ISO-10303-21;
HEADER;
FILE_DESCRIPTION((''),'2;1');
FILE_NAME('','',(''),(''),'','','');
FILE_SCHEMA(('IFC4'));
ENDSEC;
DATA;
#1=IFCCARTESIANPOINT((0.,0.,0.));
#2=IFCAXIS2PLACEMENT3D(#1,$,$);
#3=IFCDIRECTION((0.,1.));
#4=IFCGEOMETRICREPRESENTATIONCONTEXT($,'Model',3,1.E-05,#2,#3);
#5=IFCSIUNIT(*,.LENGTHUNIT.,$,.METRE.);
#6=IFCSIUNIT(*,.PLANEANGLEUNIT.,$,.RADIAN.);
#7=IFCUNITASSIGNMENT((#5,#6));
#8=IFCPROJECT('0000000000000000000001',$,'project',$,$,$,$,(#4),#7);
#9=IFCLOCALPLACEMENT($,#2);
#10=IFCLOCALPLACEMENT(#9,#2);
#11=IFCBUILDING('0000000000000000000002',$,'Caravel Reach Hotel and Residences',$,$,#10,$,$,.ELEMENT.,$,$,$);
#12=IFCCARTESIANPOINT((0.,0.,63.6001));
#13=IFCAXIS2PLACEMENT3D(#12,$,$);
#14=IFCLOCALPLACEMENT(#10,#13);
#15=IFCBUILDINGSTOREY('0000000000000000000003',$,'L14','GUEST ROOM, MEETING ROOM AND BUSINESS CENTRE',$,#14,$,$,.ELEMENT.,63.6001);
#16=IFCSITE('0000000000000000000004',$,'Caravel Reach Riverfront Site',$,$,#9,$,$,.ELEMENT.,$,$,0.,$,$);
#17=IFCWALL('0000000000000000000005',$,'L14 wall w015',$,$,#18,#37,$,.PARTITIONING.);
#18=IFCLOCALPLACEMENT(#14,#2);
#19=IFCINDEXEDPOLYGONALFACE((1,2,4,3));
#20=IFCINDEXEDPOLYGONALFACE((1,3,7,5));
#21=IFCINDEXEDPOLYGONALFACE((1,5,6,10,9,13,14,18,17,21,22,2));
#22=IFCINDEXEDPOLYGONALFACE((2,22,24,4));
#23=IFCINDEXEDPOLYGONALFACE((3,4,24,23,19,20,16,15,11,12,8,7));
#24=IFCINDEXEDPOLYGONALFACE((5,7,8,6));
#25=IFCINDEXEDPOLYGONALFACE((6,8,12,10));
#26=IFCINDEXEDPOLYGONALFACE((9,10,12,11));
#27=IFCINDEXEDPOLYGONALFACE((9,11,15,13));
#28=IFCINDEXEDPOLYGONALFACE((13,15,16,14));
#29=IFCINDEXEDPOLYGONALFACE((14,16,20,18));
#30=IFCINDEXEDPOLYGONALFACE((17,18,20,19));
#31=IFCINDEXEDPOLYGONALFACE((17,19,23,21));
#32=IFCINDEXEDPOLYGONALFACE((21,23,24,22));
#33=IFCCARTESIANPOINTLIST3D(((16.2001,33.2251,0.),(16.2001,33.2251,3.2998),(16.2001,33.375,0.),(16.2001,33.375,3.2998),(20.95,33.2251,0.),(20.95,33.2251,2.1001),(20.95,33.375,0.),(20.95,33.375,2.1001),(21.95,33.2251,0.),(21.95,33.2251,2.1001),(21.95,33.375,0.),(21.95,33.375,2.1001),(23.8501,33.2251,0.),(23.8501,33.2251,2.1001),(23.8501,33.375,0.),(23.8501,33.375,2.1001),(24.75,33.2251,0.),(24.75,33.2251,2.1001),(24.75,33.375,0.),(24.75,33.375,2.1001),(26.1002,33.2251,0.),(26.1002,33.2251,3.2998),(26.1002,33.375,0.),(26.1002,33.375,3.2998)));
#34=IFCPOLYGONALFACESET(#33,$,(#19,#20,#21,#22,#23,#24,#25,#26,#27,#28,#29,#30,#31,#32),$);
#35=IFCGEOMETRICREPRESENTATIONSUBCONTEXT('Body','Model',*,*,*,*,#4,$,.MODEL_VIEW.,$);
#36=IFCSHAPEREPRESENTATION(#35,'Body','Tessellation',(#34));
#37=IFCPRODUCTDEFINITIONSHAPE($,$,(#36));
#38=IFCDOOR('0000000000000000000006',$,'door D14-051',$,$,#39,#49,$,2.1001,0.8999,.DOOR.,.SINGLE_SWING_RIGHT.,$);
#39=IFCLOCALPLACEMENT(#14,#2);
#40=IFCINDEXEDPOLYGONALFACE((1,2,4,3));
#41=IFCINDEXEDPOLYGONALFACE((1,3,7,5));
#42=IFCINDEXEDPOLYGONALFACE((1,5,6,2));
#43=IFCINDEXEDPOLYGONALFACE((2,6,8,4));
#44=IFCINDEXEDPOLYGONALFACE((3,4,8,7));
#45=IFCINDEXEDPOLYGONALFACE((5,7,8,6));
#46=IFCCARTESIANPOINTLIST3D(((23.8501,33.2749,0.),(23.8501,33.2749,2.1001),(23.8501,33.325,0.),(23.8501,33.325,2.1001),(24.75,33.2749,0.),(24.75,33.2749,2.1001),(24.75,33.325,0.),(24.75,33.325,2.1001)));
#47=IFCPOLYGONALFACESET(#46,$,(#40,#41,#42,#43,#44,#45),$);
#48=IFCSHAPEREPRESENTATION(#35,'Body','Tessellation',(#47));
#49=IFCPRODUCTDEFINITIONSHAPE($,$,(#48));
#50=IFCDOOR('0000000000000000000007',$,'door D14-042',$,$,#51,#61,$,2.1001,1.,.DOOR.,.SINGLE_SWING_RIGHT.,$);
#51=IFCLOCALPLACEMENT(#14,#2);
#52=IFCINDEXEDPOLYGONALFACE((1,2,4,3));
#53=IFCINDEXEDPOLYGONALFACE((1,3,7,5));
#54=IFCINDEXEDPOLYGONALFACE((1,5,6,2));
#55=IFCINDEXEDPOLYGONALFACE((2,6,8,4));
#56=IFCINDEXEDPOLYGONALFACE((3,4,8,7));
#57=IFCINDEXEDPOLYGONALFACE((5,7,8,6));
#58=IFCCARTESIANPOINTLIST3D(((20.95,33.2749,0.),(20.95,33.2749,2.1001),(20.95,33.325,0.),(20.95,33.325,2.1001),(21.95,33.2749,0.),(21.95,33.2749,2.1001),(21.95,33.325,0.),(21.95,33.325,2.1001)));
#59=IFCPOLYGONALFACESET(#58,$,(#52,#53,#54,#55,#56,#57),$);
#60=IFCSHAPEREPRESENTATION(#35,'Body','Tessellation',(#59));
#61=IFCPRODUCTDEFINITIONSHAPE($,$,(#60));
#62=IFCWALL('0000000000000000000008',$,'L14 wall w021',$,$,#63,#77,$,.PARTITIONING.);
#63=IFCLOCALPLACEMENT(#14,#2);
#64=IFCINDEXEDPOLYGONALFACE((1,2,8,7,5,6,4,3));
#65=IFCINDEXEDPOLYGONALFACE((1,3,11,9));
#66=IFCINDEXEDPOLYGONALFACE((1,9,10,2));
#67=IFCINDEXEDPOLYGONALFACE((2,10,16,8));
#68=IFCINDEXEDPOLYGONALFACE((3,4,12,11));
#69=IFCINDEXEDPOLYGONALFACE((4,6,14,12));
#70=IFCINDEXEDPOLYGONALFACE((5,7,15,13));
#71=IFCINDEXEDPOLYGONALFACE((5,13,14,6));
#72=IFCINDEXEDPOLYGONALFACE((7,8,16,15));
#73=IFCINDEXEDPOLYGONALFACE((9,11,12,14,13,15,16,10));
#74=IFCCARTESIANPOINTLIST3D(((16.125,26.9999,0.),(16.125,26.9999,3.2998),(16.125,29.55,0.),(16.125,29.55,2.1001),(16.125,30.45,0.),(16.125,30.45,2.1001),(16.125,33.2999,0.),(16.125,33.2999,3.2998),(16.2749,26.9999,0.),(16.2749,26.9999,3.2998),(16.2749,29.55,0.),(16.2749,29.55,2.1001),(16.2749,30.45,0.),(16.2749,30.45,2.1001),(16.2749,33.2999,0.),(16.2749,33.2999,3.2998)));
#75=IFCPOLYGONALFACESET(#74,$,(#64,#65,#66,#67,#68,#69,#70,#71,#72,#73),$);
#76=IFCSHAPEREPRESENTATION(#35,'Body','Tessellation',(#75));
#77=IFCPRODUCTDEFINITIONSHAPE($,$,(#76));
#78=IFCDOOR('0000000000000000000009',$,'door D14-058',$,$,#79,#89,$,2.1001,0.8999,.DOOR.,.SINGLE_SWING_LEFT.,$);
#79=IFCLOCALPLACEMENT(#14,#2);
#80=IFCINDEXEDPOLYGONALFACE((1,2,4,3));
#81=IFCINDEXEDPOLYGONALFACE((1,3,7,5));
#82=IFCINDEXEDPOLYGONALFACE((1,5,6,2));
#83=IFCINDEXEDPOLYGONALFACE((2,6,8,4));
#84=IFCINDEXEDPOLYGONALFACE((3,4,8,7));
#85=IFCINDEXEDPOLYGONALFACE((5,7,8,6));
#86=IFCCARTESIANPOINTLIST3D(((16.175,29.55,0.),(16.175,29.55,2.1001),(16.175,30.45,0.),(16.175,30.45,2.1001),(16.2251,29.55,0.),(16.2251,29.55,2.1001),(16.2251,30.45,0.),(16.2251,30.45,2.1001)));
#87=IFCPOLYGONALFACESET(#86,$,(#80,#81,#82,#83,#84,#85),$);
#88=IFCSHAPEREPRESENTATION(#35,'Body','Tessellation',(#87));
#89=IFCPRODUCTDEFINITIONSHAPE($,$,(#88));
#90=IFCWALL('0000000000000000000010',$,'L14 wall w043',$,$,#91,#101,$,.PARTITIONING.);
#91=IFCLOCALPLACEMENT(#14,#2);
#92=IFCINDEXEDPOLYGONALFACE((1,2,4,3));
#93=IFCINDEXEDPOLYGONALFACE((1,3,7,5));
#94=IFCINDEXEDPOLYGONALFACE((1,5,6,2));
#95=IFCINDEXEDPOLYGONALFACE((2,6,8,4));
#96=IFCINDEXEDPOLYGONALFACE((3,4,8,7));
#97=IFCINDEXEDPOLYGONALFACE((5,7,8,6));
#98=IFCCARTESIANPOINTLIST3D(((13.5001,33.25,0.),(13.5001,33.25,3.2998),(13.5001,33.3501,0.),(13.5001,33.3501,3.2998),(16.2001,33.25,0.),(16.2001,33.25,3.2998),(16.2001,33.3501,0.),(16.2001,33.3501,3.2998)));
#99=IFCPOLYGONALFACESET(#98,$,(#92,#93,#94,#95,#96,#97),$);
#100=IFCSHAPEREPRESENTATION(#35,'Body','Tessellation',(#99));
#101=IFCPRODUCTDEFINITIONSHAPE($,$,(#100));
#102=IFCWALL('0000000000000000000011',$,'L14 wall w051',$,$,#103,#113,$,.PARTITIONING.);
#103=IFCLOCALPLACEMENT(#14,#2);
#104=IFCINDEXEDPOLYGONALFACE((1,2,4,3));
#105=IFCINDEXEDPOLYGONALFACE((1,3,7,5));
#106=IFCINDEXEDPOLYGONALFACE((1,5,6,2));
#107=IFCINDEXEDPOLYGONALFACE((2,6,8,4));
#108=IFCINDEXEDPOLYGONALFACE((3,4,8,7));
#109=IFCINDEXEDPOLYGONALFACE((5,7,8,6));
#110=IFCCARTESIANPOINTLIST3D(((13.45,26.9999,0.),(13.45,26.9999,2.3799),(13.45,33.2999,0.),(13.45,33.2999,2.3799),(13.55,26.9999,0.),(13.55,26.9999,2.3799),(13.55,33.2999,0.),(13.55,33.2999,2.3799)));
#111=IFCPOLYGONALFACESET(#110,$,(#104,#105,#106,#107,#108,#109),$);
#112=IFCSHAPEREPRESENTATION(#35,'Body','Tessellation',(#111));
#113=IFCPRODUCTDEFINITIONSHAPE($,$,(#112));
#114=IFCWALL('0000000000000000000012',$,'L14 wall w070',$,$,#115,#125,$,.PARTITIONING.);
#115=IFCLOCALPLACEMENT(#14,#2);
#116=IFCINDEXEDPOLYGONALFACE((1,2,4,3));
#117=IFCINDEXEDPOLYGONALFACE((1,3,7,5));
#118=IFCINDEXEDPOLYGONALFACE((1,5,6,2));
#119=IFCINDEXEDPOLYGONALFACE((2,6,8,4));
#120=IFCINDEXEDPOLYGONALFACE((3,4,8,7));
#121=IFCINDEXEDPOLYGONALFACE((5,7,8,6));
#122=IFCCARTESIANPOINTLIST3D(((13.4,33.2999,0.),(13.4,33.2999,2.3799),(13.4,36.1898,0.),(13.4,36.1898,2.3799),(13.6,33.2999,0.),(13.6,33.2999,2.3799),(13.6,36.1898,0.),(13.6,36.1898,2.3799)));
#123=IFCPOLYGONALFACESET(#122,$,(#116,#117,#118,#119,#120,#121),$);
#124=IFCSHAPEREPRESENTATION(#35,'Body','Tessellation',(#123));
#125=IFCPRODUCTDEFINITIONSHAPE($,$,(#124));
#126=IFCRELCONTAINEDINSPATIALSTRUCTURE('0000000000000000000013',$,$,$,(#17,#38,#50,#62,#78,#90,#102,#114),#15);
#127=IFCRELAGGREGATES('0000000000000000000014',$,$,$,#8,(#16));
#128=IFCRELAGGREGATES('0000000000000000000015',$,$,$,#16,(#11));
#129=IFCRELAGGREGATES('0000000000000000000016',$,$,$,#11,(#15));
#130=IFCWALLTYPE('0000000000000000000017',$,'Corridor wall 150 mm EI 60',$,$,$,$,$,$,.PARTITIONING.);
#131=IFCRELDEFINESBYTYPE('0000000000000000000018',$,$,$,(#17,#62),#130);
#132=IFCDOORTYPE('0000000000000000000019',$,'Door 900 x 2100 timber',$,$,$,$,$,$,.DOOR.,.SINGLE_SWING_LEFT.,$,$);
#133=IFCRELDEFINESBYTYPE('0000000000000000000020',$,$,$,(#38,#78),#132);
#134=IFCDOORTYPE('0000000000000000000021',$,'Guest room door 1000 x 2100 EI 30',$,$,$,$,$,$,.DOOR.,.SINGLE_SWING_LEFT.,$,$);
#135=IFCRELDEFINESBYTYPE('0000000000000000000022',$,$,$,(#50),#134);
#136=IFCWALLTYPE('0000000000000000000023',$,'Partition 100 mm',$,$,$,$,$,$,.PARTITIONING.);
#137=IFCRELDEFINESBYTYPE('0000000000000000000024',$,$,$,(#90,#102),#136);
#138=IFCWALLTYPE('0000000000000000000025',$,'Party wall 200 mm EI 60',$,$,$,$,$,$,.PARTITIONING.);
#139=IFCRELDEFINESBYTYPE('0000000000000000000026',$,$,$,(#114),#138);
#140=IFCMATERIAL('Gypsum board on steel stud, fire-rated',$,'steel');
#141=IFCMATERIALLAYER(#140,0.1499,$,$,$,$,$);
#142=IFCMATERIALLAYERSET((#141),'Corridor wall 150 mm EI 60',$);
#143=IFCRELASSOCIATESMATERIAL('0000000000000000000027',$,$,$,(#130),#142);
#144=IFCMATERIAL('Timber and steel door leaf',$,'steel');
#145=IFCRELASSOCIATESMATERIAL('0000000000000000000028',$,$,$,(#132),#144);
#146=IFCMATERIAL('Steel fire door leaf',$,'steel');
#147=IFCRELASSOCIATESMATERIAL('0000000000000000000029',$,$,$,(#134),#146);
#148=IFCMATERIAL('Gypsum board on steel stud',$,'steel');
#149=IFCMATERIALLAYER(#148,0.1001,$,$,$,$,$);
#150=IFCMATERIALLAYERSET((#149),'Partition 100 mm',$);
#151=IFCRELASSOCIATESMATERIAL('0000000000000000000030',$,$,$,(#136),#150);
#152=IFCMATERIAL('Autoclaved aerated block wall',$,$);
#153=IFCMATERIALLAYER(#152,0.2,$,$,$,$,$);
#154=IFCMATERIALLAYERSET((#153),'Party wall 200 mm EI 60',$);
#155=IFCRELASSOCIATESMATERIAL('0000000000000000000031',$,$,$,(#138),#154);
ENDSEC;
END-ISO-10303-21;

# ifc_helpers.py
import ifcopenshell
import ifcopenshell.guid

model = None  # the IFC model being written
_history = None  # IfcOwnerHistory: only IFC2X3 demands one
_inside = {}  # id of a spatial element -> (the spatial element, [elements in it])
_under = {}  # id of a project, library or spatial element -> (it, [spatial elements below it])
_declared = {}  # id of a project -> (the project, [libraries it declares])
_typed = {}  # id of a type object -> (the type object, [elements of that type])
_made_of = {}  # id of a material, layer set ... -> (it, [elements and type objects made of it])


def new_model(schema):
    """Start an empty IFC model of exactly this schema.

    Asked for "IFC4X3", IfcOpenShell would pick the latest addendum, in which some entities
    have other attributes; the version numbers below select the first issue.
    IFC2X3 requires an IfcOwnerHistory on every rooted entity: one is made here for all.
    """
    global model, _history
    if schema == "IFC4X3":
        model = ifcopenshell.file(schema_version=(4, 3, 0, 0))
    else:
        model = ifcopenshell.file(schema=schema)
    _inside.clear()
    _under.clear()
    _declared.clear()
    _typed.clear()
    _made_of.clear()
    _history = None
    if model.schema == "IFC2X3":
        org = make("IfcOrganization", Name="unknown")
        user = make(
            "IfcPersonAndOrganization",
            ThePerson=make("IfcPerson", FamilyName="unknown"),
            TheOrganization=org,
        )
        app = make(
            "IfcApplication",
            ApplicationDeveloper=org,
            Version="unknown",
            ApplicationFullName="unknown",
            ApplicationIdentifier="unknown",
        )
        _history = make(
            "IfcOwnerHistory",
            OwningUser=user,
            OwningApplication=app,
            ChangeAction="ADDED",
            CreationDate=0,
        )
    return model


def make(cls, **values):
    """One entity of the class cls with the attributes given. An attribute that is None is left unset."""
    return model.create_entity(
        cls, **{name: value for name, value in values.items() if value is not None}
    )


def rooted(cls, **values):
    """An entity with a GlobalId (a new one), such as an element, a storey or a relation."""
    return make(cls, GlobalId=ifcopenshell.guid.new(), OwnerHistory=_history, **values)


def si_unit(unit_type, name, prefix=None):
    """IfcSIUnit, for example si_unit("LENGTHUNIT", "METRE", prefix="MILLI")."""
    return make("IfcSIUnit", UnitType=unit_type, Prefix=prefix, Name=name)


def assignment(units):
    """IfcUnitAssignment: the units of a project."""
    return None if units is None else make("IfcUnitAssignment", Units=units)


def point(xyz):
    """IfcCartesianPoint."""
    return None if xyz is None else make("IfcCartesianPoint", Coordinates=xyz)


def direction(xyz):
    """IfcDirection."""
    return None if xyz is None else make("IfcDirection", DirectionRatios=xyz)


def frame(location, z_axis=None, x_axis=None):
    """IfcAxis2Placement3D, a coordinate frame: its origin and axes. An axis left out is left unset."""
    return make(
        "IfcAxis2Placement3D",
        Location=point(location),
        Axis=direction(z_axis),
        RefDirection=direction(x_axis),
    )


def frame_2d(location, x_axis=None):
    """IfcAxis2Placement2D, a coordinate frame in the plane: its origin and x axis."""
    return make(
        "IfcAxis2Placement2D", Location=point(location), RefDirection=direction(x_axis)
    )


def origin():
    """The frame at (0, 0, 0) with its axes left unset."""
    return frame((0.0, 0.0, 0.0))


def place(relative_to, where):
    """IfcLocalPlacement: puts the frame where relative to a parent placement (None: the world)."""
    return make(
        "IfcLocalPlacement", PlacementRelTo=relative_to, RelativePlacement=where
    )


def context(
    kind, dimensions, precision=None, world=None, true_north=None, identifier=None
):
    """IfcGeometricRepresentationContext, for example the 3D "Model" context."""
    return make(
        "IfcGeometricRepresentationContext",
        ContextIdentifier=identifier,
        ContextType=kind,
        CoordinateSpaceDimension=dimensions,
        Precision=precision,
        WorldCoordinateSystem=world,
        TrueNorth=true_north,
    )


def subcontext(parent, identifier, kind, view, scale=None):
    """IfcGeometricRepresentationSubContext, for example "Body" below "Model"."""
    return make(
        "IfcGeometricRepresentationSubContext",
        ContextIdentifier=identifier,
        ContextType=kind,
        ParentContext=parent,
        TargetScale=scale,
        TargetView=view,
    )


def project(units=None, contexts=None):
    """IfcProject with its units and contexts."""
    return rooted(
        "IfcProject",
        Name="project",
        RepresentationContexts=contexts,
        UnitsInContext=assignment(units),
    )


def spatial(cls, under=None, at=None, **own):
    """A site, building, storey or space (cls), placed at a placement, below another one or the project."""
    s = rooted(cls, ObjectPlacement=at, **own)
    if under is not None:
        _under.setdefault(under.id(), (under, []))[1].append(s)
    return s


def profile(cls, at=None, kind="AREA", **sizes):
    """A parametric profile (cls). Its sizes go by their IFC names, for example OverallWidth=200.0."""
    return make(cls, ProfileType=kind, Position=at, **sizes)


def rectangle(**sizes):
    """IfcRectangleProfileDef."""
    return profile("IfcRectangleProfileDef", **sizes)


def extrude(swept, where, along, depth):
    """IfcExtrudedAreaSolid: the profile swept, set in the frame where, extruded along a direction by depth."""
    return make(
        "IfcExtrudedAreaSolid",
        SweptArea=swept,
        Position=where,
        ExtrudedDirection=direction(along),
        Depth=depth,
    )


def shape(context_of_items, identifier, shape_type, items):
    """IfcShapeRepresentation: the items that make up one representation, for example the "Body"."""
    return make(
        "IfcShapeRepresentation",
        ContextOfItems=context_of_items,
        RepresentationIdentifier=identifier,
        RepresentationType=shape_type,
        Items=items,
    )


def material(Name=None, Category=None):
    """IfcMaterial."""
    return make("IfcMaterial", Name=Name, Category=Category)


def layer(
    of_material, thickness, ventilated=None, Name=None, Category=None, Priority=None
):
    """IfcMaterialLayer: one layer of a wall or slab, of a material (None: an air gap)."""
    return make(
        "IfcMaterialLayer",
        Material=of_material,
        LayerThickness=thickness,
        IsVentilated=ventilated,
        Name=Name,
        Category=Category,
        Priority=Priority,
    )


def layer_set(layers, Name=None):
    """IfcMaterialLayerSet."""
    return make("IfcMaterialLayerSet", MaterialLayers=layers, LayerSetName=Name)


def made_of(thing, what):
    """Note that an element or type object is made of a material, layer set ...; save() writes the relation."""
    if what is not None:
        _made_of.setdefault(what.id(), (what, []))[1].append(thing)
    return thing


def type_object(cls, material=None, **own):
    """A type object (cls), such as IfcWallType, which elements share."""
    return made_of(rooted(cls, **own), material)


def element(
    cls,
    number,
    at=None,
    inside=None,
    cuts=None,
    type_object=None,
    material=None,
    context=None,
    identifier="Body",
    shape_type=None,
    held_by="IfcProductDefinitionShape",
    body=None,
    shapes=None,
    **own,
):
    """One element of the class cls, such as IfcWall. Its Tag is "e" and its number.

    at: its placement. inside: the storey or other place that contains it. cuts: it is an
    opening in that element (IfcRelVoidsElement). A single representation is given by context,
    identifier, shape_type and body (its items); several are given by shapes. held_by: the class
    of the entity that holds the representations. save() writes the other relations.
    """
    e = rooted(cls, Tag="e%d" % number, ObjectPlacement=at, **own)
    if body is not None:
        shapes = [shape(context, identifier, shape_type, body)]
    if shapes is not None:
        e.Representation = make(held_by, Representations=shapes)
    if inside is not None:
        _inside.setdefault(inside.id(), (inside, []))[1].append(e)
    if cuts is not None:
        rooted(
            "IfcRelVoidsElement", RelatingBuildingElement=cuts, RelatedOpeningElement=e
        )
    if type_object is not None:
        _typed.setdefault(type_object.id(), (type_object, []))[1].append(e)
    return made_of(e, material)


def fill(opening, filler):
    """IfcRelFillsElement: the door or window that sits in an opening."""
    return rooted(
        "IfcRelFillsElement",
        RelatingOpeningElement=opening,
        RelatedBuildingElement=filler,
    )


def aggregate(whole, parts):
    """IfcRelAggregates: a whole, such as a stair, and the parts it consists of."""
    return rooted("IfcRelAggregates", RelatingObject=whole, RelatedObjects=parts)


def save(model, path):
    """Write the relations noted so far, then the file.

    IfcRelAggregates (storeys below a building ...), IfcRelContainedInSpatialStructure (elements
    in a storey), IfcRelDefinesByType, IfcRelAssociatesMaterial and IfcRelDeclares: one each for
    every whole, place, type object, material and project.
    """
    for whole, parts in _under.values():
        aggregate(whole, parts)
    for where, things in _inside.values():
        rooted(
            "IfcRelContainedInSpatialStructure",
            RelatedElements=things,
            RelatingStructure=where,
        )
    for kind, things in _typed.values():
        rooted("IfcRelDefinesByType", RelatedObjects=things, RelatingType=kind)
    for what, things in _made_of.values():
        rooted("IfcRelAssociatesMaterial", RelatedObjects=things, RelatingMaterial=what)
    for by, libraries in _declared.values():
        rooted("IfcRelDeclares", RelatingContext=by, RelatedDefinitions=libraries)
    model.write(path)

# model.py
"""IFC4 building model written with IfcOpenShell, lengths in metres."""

from ifc_helpers import new_model, si_unit, direction, frame, frame_2d, origin, place, context, subcontext, project, spatial, rectangle, extrude, material, layer, layer_set, type_object, element, fill, save


model = new_model("IFC4")

# Units and contexts
model_context = context("Model", 3, precision=1e-05, world=origin(), true_north=direction((0.0, 1.0)))
body_context = subcontext(model_context, "Body", "Model", "MODEL_VIEW")
ifc_project = project(units=[si_unit("LENGTHUNIT", "METRE"), si_unit("PLANEANGLEUNIT", "RADIAN")], contexts=[model_context])

# Site, building, storey
site_placement = place(None, origin())
site = spatial("IfcSite", under=ifc_project, at=site_placement, Name="Caravel Reach Riverfront Site", CompositionType="ELEMENT", RefElevation=0.0)
building_placement = place(site_placement, origin())
building = spatial("IfcBuilding", under=site, at=building_placement, Name="Caravel Reach Hotel and Residences", CompositionType="ELEMENT")
storey_placement = place(building_placement, frame((0.0, 0.0, 63.6001)))
storey = spatial("IfcBuildingStorey", under=building, at=storey_placement, Name="L14", Description="GUEST ROOM, MEETING ROOM AND BUSINESS CENTRE", CompositionType="ELEMENT", Elevation=63.6001)

# Wall, openings, doors
ifc_material_1 = material(Name="Gypsum board on steel stud, fire-rated", Category="steel")
ifc_layer_1 = layer(ifc_material_1, 0.1499)
ifc_layer_set_1 = layer_set([ifc_layer_1], Name="Corridor wall 150 mm EI 60")
wall_type_1 = type_object("IfcWallType", Name="Corridor wall 150 mm EI 60", PredefinedType="PARTITIONING", material=ifc_layer_set_1)
wall_1_placement = place(storey_placement, frame((16.2, 33.3, 0.0), z_axis=(0.0, 0.0, 1.0), x_axis=(1.0, 0.0, 0.0)))
wall_1 = element("IfcWall", 1, at=wall_1_placement, inside=storey, type_object=wall_type_1, Name="L14 wall w015", PredefinedType="PARTITIONING", context=body_context, shape_type="SweptSolid", body=[
    extrude(rectangle(XDim=9.9001, YDim=0.1499, at=frame_2d((4.9502, 0.0))), origin(), (0.0, 0.0, 1.0), 3.2998),
])
opening_1_placement = place(wall_1_placement, frame((4.75, 0.0, 0.0)))
opening_1 = element("IfcOpeningElement", 2, at=opening_1_placement, cuts=wall_1, PredefinedType="OPENING", context=body_context, shape_type="SweptSolid", body=[
    extrude(rectangle(XDim=1.0, YDim=2.1001, at=frame_2d((0.5, 1.05))), frame((0.0, 0.085, 0.0), z_axis=(0.0, -1.0, 0.0), x_axis=(1.0, 0.0, 0.0)), (0.0, 0.0, 1.0), 0.1699),
])
opening_2_placement = place(wall_1_placement, frame((7.6501, 0.0, 0.0)))
opening_2 = element("IfcOpeningElement", 3, at=opening_2_placement, cuts=wall_1, PredefinedType="OPENING", context=body_context, shape_type="SweptSolid", body=[
    extrude(rectangle(XDim=0.8999, YDim=2.1001, at=frame_2d((0.45, 1.05))), frame((0.0, 0.085, 0.0), z_axis=(0.0, -1.0, 0.0), x_axis=(1.0, 0.0, 0.0)), (0.0, 0.0, 1.0), 0.1699),
])
ifc_material_2 = material(Name="Timber and steel door leaf", Category="steel")
door_type_1 = type_object("IfcDoorType", Name="Door 900 x 2100 timber", OperationType="SINGLE_SWING_LEFT", PredefinedType="DOOR", material=ifc_material_2)
door_1_placement = place(opening_2_placement, origin())
door_1 = element("IfcDoor", 4, at=door_1_placement, inside=storey, type_object=door_type_1, Name="door D14-051", OperationType="SINGLE_SWING_RIGHT", OverallHeight=2.1001, OverallWidth=0.8999, PredefinedType="DOOR", context=body_context, shape_type="SweptSolid", body=[
    extrude(rectangle(XDim=0.8999, YDim=2.1001, at=frame_2d((0.45, 1.05))), frame((0.0, 0.0249, 0.0), z_axis=(0.0, -1.0, 0.0), x_axis=(1.0, 0.0, 0.0)), (0.0, 0.0, 1.0), 0.05),
])
fill(opening_2, door_1)
ifc_material_3 = material(Name="Steel fire door leaf", Category="steel")
door_type_2 = type_object("IfcDoorType", Name="Guest room door 1000 x 2100 EI 30", OperationType="SINGLE_SWING_LEFT", PredefinedType="DOOR", material=ifc_material_3)
door_2_placement = place(opening_1_placement, origin())
door_2 = element("IfcDoor", 5, at=door_2_placement, inside=storey, type_object=door_type_2, Name="door D14-042", OperationType="SINGLE_SWING_RIGHT", OverallHeight=2.1001, OverallWidth=1.0, PredefinedType="DOOR", context=body_context, shape_type="SweptSolid", body=[
    extrude(rectangle(XDim=1.0, YDim=2.1001, at=frame_2d((0.5, 1.05))), frame((0.0, 0.0249, 0.0), z_axis=(0.0, -1.0, 0.0), x_axis=(1.0, 0.0, 0.0)), (0.0, 0.0, 1.0), 0.05),
])
fill(opening_1, door_2)

# Wall, opening, door
wall_2_placement = place(storey_placement, frame((16.2, 27.0, 0.0), z_axis=(0.0, 0.0, 1.0), x_axis=(0.0, 1.0, 0.0)))
wall_2 = element("IfcWall", 6, at=wall_2_placement, inside=storey, type_object=wall_type_1, Name="L14 wall w021", PredefinedType="PARTITIONING", context=body_context, shape_type="SweptSolid", body=[
    extrude(rectangle(XDim=6.3, YDim=0.1499, at=frame_2d((3.1499, 0.0))), origin(), (0.0, 0.0, 1.0), 3.2998),
])
opening_3_placement = place(wall_2_placement, frame((2.55, 0.0, 0.0)))
opening_3 = element("IfcOpeningElement", 7, at=opening_3_placement, cuts=wall_2, PredefinedType="OPENING", context=body_context, shape_type="SweptSolid", body=[
    extrude(rectangle(XDim=0.8999, YDim=2.1001, at=frame_2d((0.45, 1.05))), frame((0.0, 0.085, 0.0), z_axis=(0.0, -1.0, 0.0), x_axis=(1.0, 0.0, 0.0)), (0.0, 0.0, 1.0), 0.1699),
])
door_3_placement = place(opening_3_placement, origin())
door_3 = element("IfcDoor", 8, at=door_3_placement, inside=storey, type_object=door_type_1, Name="door D14-058", OperationType="SINGLE_SWING_LEFT", OverallHeight=2.1001, OverallWidth=0.8999, PredefinedType="DOOR", context=body_context, shape_type="SweptSolid", body=[
    extrude(rectangle(XDim=0.8999, YDim=2.1001, at=frame_2d((0.45, 1.05))), frame((0.0, 0.0249, 0.0), z_axis=(0.0, -1.0, 0.0), x_axis=(1.0, 0.0, 0.0)), (0.0, 0.0, 1.0), 0.05),
])
fill(opening_3, door_3)

# Walls
ifc_material_4 = material(Name="Gypsum board on steel stud", Category="steel")
ifc_layer_2 = layer(ifc_material_4, 0.1001)
ifc_layer_set_2 = layer_set([ifc_layer_2], Name="Partition 100 mm")
wall_type_2 = type_object("IfcWallType", Name="Partition 100 mm", PredefinedType="PARTITIONING", material=ifc_layer_set_2)
wall_3_placement = place(storey_placement, frame((13.5, 33.3, 0.0), z_axis=(0.0, 0.0, 1.0), x_axis=(1.0, 0.0, 0.0)))
element("IfcWall", 9, at=wall_3_placement, inside=storey, type_object=wall_type_2, Name="L14 wall w043", PredefinedType="PARTITIONING", context=body_context, shape_type="SweptSolid", body=[
    extrude(rectangle(XDim=2.7, YDim=0.1001, at=frame_2d((1.3501, 0.0))), origin(), (0.0, 0.0, 1.0), 3.2998),
])
wall_4_placement = place(storey_placement, frame((13.5, 27.0, 0.0), z_axis=(0.0, 0.0, 1.0), x_axis=(0.0, 1.0, 0.0)))
element("IfcWall", 10, at=wall_4_placement, inside=storey, type_object=wall_type_2, Name="L14 wall w051", PredefinedType="PARTITIONING", context=body_context, shape_type="SweptSolid", body=[
    extrude(rectangle(XDim=6.3, YDim=0.1001, at=frame_2d((3.1499, 0.0))), origin(), (0.0, 0.0, 1.0), 2.3799),
])
ifc_material_5 = material(Name="Autoclaved aerated block wall")
ifc_layer_3 = layer(ifc_material_5, 0.2)
ifc_layer_set_3 = layer_set([ifc_layer_3], Name="Party wall 200 mm EI 60")
wall_type_3 = type_object("IfcWallType", Name="Party wall 200 mm EI 60", PredefinedType="PARTITIONING", material=ifc_layer_set_3)
wall_5_placement = place(storey_placement, frame((13.5, 33.3, 0.0), z_axis=(0.0, 0.0, 1.0), x_axis=(0.0, 1.0, 0.0)))
element("IfcWall", 11, at=wall_5_placement, inside=storey, type_object=wall_type_3, Name="L14 wall w070", PredefinedType="PARTITIONING", context=body_context, shape_type="SweptSolid", body=[
    extrude(rectangle(XDim=2.8899, YDim=0.2, at=frame_2d((1.4448, 0.0))), origin(), (0.0, 0.0, 1.0), 2.3799),
])

save(model, "model.ifc")
